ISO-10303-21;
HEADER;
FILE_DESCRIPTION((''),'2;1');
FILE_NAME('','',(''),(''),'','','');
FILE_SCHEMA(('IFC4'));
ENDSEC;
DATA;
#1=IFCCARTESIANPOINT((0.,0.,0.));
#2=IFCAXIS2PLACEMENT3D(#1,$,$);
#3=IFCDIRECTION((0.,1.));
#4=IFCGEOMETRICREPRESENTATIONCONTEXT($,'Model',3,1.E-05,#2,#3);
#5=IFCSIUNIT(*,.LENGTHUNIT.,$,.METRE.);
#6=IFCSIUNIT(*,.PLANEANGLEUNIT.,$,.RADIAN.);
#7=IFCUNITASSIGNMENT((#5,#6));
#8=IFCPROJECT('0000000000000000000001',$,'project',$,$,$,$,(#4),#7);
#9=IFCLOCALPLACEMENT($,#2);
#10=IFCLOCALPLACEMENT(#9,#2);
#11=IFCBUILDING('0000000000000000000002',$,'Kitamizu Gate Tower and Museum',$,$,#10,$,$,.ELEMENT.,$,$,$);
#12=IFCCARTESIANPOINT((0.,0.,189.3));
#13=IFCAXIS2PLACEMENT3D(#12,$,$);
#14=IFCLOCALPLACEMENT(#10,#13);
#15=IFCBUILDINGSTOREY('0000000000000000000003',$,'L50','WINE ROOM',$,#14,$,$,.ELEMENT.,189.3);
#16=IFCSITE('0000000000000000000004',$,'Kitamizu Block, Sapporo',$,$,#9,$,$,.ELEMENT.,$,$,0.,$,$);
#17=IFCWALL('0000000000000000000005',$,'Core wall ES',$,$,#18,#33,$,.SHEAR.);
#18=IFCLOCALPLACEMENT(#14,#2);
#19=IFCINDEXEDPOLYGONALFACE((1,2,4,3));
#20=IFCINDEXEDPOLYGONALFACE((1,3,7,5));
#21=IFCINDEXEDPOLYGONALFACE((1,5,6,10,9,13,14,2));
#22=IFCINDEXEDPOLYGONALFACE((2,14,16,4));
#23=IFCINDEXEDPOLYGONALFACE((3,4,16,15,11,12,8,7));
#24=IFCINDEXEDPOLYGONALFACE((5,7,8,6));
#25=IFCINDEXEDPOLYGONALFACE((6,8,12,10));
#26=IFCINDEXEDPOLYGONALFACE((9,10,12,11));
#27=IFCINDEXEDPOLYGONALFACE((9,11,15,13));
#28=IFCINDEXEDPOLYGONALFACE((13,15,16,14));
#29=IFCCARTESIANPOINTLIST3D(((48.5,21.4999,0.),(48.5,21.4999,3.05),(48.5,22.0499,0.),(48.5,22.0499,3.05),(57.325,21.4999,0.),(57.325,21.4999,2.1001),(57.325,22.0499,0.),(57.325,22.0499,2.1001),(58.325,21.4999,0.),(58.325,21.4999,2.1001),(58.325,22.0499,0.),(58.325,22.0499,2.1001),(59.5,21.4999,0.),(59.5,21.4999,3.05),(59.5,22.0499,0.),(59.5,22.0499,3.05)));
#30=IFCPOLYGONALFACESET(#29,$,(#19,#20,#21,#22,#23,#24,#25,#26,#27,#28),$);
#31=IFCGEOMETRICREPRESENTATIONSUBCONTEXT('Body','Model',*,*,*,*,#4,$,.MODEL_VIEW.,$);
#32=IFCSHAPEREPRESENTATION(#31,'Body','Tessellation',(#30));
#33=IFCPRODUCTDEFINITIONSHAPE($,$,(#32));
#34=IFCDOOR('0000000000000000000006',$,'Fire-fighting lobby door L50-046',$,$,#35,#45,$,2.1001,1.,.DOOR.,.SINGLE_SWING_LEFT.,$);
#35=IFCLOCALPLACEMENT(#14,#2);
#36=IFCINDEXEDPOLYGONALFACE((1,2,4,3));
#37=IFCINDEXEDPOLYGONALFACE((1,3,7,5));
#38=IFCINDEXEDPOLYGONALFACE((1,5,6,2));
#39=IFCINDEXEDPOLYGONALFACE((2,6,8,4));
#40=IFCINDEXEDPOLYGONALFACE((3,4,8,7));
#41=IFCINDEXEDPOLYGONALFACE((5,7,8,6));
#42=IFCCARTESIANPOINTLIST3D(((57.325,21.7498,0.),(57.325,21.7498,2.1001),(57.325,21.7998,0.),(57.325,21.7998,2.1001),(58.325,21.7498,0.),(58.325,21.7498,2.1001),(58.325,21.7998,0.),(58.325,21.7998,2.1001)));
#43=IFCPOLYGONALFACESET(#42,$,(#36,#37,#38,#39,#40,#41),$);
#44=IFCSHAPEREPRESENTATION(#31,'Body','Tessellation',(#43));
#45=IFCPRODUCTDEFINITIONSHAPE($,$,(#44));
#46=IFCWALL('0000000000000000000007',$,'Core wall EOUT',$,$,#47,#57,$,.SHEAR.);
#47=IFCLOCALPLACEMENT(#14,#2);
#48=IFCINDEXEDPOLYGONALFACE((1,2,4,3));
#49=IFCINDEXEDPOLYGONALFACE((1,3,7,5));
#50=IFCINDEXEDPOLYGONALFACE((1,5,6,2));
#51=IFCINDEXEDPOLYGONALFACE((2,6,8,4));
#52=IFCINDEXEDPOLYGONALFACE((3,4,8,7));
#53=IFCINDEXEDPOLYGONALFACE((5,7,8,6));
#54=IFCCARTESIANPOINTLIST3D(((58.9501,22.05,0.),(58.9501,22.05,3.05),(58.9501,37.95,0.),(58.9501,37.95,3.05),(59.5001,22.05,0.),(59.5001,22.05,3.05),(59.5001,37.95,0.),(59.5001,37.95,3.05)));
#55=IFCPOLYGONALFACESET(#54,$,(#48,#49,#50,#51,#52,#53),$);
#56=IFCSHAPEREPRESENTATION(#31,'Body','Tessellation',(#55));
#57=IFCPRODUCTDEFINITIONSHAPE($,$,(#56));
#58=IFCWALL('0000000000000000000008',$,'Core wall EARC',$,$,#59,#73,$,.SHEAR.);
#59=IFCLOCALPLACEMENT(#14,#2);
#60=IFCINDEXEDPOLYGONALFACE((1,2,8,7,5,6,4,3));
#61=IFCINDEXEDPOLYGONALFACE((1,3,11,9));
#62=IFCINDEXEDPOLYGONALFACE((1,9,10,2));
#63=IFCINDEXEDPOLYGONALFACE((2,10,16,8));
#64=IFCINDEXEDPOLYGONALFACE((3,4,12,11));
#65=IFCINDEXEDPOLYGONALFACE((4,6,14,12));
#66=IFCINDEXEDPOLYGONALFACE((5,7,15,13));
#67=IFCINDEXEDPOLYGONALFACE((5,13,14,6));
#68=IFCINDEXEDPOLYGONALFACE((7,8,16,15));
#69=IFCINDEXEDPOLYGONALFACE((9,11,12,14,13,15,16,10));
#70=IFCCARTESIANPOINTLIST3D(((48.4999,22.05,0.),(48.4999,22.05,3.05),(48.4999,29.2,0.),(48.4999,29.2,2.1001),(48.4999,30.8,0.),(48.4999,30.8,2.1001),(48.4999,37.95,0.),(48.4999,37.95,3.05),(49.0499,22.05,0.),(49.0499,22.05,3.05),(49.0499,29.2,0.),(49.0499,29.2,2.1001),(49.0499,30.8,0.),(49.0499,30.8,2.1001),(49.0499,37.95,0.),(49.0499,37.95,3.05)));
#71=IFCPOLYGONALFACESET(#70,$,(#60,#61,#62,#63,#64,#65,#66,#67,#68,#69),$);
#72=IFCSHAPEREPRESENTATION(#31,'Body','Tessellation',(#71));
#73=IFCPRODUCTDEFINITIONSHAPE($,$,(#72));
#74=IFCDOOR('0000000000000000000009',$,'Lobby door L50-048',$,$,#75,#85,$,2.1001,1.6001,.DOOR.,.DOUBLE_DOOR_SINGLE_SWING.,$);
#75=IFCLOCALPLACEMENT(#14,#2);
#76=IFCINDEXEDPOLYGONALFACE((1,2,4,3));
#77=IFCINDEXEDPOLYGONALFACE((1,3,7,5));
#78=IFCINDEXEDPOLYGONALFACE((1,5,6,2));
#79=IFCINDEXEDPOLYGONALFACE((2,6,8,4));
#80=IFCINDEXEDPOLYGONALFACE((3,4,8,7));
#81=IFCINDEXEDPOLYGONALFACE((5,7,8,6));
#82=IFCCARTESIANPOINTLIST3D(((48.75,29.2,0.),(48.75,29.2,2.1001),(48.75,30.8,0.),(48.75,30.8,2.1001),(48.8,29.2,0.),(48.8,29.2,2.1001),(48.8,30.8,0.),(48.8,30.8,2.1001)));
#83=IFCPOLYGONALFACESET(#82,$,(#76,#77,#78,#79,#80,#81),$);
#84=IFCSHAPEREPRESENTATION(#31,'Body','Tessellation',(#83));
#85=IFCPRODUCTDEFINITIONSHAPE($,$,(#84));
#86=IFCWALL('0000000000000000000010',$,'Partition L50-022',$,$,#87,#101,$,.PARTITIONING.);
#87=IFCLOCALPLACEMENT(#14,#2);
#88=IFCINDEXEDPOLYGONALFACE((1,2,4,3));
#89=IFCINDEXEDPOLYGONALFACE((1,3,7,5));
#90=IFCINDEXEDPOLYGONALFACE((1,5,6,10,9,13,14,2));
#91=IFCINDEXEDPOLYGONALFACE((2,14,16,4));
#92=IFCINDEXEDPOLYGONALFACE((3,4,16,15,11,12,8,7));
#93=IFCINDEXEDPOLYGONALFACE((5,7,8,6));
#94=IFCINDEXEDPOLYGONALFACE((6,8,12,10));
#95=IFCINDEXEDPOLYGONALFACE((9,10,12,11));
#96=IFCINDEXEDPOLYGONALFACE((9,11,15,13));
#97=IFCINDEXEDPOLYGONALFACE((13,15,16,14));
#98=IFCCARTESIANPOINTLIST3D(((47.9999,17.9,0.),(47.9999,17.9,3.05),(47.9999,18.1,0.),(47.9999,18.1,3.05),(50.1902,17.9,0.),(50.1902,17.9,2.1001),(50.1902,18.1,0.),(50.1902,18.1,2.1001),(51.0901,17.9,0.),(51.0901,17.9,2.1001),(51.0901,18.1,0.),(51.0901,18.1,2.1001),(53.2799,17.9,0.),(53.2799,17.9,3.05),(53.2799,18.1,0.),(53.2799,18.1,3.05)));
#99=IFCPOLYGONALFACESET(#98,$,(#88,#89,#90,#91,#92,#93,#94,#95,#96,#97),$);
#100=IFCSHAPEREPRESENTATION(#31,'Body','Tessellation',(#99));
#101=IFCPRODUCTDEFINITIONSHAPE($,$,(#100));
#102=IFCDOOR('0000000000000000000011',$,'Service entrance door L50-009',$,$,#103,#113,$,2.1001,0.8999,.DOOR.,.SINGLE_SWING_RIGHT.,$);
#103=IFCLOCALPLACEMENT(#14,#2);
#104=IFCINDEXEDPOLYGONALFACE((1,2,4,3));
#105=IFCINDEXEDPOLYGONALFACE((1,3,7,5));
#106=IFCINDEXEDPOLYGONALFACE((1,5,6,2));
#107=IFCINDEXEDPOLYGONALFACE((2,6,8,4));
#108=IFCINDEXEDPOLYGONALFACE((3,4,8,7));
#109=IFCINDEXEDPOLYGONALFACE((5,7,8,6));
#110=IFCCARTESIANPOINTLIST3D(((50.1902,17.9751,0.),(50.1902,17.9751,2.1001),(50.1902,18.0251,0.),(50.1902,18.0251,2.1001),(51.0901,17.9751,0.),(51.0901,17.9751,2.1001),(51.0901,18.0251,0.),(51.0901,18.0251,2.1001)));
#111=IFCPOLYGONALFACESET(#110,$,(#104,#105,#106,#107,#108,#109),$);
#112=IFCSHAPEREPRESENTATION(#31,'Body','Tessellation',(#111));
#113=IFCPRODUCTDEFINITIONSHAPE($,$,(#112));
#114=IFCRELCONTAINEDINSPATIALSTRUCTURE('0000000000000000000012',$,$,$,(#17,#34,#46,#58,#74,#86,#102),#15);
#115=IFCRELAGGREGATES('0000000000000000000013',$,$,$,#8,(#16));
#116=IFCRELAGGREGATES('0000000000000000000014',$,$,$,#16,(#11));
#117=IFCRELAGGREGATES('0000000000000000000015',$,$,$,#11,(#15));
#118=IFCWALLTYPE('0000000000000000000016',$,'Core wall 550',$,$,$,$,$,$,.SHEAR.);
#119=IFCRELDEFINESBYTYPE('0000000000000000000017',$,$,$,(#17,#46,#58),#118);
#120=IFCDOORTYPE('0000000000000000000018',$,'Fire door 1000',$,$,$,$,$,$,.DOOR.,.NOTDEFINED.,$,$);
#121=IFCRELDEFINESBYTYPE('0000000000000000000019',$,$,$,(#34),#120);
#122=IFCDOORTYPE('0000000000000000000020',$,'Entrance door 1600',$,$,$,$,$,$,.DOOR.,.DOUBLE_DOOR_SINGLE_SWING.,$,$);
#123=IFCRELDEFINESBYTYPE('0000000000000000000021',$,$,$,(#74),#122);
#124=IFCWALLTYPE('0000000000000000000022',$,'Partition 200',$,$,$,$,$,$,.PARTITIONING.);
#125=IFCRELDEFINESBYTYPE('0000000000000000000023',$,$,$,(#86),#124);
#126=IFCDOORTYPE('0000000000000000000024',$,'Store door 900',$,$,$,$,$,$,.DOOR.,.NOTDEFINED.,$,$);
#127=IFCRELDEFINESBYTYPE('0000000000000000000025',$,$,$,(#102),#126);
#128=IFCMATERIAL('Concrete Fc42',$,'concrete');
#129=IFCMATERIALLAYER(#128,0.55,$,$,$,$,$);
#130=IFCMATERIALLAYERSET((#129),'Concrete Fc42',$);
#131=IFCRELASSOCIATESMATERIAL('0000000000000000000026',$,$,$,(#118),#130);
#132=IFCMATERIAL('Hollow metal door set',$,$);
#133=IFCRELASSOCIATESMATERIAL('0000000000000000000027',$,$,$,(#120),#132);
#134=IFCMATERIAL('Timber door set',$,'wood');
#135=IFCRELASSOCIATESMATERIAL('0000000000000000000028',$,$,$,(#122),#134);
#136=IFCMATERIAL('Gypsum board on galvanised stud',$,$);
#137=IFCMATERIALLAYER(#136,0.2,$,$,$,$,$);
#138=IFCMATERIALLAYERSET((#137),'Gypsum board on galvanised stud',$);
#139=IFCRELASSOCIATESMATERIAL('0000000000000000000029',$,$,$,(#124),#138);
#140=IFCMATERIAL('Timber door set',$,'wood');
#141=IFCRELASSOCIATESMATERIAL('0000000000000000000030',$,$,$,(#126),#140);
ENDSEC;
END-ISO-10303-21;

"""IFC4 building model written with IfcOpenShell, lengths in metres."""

from ifc_helpers import new_model, si_unit, direction, frame, frame_2d, origin, place, context, subcontext, project, spatial, rectangle, extrude, material, layer, layer_set, type_object, element, fill, save


model = new_model("IFC4")

# Units and contexts
model_context = context("Model", 3, precision=1e-05, world=origin(), true_north=direction((0.0, 1.0)))
body_context = subcontext(model_context, "Body", "Model", "MODEL_VIEW")
ifc_project = project(units=[si_unit("LENGTHUNIT", "METRE"), si_unit("PLANEANGLEUNIT", "RADIAN")], contexts=[model_context])

# Site, building, storey
site_placement = place(None, origin())
site = spatial("IfcSite", under=ifc_project, at=site_placement, Name="Kitamizu Block, Sapporo", CompositionType="ELEMENT", RefElevation=0.0)
building_placement = place(site_placement, origin())
building = spatial("IfcBuilding", under=site, at=building_placement, Name="Kitamizu Gate Tower and Museum", CompositionType="ELEMENT")
storey_placement = place(building_placement, frame((0.0, 0.0, 189.3)))
storey = spatial("IfcBuildingStorey", under=building, at=storey_placement, Name="L50", Description="WINE ROOM", CompositionType="ELEMENT", Elevation=189.3)

# Wall, opening, door
ifc_material_1 = material(Name="Concrete Fc42", Category="concrete")
ifc_layer_1 = layer(ifc_material_1, 0.55)
ifc_layer_set_1 = layer_set([ifc_layer_1], Name="Concrete Fc42")
wall_type_1 = type_object("IfcWallType", Name="Core wall 550", PredefinedType="SHEAR", material=ifc_layer_set_1)
wall_1_placement = place(storey_placement, frame((59.5, 21.7749, 0.0), z_axis=(0.0, 0.0, 1.0), x_axis=(-1.0, 0.0, 0.0)))
wall_1 = element("IfcWall", 1, at=wall_1_placement, inside=storey, type_object=wall_type_1, Name="Core wall ES", PredefinedType="SHEAR", context=body_context, shape_type="SweptSolid", body=[
    extrude(rectangle(XDim=11.0, YDim=0.55, at=frame_2d((5.5, 0.0))), origin(), (0.0, 0.0, 1.0), 3.05),
])
opening_1_placement = place(wall_1_placement, frame((1.175, 0.0, 0.0)))
opening_1 = element("IfcOpeningElement", 2, at=opening_1_placement, cuts=wall_1, PredefinedType="OPENING", context=body_context, shape_type="SweptSolid", body=[
    extrude(rectangle(XDim=1.0, YDim=2.1001, at=frame_2d((0.5, 1.05))), frame((0.0, 0.2852, 0.0), z_axis=(0.0, -1.0, 0.0), x_axis=(1.0, 0.0, 0.0)), (0.0, 0.0, 1.0), 0.5701),
])
ifc_material_2 = material(Name="Hollow metal door set")
door_type_1 = type_object("IfcDoorType", Name="Fire door 1000", OperationType="NOTDEFINED", PredefinedType="DOOR", material=ifc_material_2)
door_1_placement = place(opening_1_placement, frame((1.0, 0.0, 0.0), x_axis=(-1.0, 0.0, 0.0)))
door_1 = element("IfcDoor", 3, at=door_1_placement, inside=storey, type_object=door_type_1, Name="Fire-fighting lobby door L50-046", OperationType="SINGLE_SWING_LEFT", OverallHeight=2.1001, OverallWidth=1.0, PredefinedType="DOOR", context=body_context, shape_type="SweptSolid", body=[
    extrude(rectangle(XDim=1.0, YDim=2.1001, at=frame_2d((0.5, 1.05))), frame((0.0, 0.0249, 0.0), z_axis=(0.0, -1.0, 0.0), x_axis=(1.0, 0.0, 0.0)), (0.0, 0.0, 1.0), 0.05),
])
fill(opening_1, door_1)

# Wall
wall_2_placement = place(storey_placement, frame((59.2251, 22.05, 0.0), z_axis=(0.0, 0.0, 1.0), x_axis=(0.0, 1.0, 0.0)))
element("IfcWall", 4, at=wall_2_placement, inside=storey, type_object=wall_type_1, Name="Core wall EOUT", PredefinedType="SHEAR", context=body_context, shape_type="SweptSolid", body=[
    extrude(rectangle(XDim=15.8999, YDim=0.55, at=frame_2d((7.95, 0.0))), origin(), (0.0, 0.0, 1.0), 3.05),
])

# Walls, openings, doors
wall_3_placement = place(storey_placement, frame((48.7749, 22.05, 0.0), z_axis=(0.0, 0.0, 1.0), x_axis=(0.0, 1.0, 0.0)))
wall_3 = element("IfcWall", 5, at=wall_3_placement, inside=storey, type_object=wall_type_1, Name="Core wall EARC", PredefinedType="SHEAR", context=body_context, shape_type="SweptSolid", body=[
    extrude(rectangle(XDim=15.8999, YDim=0.55, at=frame_2d((7.95, 0.0))), origin(), (0.0, 0.0, 1.0), 3.05),
])
opening_2_placement = place(wall_3_placement, frame((7.1499, 0.0, 0.0)))
opening_2 = element("IfcOpeningElement", 6, at=opening_2_placement, cuts=wall_3, PredefinedType="OPENING", context=body_context, shape_type="SweptSolid", body=[
    extrude(rectangle(XDim=1.6001, YDim=2.1001, at=frame_2d((0.8, 1.05))), frame((0.0, 0.2852, 0.0), z_axis=(0.0, -1.0, 0.0), x_axis=(1.0, 0.0, 0.0)), (0.0, 0.0, 1.0), 0.5701),
])
ifc_material_3 = material(Name="Timber door set", Category="wood")
door_type_2 = type_object("IfcDoorType", Name="Entrance door 1600", OperationType="DOUBLE_DOOR_SINGLE_SWING", PredefinedType="DOOR", material=ifc_material_3)
door_2_placement = place(opening_2_placement, origin())
door_2 = element("IfcDoor", 7, at=door_2_placement, inside=storey, type_object=door_type_2, Name="Lobby door L50-048", OperationType="DOUBLE_DOOR_SINGLE_SWING", OverallHeight=2.1001, OverallWidth=1.6001, PredefinedType="DOOR", context=body_context, shape_type="SweptSolid", body=[
    extrude(rectangle(XDim=1.6001, YDim=2.1001, at=frame_2d((0.8, 1.05))), frame((0.0, 0.0249, 0.0), z_axis=(0.0, -1.0, 0.0), x_axis=(1.0, 0.0, 0.0)), (0.0, 0.0, 1.0), 0.05),
])
fill(opening_2, door_2)
ifc_material_4 = material(Name="Gypsum board on galvanised stud")
ifc_layer_2 = layer(ifc_material_4, 0.2)
ifc_layer_set_2 = layer_set([ifc_layer_2], Name="Gypsum board on galvanised stud")
wall_type_2 = type_object("IfcWallType", Name="Partition 200", PredefinedType="PARTITIONING", material=ifc_layer_set_2)
wall_4_placement = place(storey_placement, frame((53.28, 18.0, 0.0), z_axis=(0.0, 0.0, 1.0), x_axis=(-1.0, 0.0, 0.0)))
wall_4 = element("IfcWall", 8, at=wall_4_placement, inside=storey, type_object=wall_type_2, Name="Partition L50-022", PredefinedType="PARTITIONING", context=body_context, shape_type="SweptSolid", body=[
    extrude(rectangle(XDim=5.28, YDim=0.2, at=frame_2d((2.6401, 0.0))), origin(), (0.0, 0.0, 1.0), 3.05),
])
opening_3_placement = place(wall_4_placement, frame((2.1899, 0.0, 0.0)))
opening_3 = element("IfcOpeningElement", 9, at=opening_3_placement, cuts=wall_4, PredefinedType="OPENING", context=body_context, shape_type="SweptSolid", body=[
    extrude(rectangle(XDim=0.8999, YDim=2.1001, at=frame_2d((0.45, 1.05))), frame((0.0, 0.1099, 0.0), z_axis=(0.0, -1.0, 0.0), x_axis=(1.0, 0.0, 0.0)), (0.0, 0.0, 1.0), 0.22),
])
ifc_material_5 = material(Name="Timber door set", Category="wood")
door_type_3 = type_object("IfcDoorType", Name="Store door 900", OperationType="NOTDEFINED", PredefinedType="DOOR", material=ifc_material_5)
door_3_placement = place(opening_3_placement, origin())
door_3 = element("IfcDoor", 10, at=door_3_placement, inside=storey, type_object=door_type_3, Name="Service entrance door L50-009", OperationType="SINGLE_SWING_RIGHT", OverallHeight=2.1001, OverallWidth=0.8999, PredefinedType="DOOR", context=body_context, shape_type="SweptSolid", body=[
    extrude(rectangle(XDim=0.8999, YDim=2.1001, at=frame_2d((0.45, 1.05))), frame((0.0, 0.0249, 0.0), z_axis=(0.0, -1.0, 0.0), x_axis=(1.0, 0.0, 0.0)), (0.0, 0.0, 1.0), 0.05),
])
fill(opening_3, door_3)

save(model, "model.ifc")
